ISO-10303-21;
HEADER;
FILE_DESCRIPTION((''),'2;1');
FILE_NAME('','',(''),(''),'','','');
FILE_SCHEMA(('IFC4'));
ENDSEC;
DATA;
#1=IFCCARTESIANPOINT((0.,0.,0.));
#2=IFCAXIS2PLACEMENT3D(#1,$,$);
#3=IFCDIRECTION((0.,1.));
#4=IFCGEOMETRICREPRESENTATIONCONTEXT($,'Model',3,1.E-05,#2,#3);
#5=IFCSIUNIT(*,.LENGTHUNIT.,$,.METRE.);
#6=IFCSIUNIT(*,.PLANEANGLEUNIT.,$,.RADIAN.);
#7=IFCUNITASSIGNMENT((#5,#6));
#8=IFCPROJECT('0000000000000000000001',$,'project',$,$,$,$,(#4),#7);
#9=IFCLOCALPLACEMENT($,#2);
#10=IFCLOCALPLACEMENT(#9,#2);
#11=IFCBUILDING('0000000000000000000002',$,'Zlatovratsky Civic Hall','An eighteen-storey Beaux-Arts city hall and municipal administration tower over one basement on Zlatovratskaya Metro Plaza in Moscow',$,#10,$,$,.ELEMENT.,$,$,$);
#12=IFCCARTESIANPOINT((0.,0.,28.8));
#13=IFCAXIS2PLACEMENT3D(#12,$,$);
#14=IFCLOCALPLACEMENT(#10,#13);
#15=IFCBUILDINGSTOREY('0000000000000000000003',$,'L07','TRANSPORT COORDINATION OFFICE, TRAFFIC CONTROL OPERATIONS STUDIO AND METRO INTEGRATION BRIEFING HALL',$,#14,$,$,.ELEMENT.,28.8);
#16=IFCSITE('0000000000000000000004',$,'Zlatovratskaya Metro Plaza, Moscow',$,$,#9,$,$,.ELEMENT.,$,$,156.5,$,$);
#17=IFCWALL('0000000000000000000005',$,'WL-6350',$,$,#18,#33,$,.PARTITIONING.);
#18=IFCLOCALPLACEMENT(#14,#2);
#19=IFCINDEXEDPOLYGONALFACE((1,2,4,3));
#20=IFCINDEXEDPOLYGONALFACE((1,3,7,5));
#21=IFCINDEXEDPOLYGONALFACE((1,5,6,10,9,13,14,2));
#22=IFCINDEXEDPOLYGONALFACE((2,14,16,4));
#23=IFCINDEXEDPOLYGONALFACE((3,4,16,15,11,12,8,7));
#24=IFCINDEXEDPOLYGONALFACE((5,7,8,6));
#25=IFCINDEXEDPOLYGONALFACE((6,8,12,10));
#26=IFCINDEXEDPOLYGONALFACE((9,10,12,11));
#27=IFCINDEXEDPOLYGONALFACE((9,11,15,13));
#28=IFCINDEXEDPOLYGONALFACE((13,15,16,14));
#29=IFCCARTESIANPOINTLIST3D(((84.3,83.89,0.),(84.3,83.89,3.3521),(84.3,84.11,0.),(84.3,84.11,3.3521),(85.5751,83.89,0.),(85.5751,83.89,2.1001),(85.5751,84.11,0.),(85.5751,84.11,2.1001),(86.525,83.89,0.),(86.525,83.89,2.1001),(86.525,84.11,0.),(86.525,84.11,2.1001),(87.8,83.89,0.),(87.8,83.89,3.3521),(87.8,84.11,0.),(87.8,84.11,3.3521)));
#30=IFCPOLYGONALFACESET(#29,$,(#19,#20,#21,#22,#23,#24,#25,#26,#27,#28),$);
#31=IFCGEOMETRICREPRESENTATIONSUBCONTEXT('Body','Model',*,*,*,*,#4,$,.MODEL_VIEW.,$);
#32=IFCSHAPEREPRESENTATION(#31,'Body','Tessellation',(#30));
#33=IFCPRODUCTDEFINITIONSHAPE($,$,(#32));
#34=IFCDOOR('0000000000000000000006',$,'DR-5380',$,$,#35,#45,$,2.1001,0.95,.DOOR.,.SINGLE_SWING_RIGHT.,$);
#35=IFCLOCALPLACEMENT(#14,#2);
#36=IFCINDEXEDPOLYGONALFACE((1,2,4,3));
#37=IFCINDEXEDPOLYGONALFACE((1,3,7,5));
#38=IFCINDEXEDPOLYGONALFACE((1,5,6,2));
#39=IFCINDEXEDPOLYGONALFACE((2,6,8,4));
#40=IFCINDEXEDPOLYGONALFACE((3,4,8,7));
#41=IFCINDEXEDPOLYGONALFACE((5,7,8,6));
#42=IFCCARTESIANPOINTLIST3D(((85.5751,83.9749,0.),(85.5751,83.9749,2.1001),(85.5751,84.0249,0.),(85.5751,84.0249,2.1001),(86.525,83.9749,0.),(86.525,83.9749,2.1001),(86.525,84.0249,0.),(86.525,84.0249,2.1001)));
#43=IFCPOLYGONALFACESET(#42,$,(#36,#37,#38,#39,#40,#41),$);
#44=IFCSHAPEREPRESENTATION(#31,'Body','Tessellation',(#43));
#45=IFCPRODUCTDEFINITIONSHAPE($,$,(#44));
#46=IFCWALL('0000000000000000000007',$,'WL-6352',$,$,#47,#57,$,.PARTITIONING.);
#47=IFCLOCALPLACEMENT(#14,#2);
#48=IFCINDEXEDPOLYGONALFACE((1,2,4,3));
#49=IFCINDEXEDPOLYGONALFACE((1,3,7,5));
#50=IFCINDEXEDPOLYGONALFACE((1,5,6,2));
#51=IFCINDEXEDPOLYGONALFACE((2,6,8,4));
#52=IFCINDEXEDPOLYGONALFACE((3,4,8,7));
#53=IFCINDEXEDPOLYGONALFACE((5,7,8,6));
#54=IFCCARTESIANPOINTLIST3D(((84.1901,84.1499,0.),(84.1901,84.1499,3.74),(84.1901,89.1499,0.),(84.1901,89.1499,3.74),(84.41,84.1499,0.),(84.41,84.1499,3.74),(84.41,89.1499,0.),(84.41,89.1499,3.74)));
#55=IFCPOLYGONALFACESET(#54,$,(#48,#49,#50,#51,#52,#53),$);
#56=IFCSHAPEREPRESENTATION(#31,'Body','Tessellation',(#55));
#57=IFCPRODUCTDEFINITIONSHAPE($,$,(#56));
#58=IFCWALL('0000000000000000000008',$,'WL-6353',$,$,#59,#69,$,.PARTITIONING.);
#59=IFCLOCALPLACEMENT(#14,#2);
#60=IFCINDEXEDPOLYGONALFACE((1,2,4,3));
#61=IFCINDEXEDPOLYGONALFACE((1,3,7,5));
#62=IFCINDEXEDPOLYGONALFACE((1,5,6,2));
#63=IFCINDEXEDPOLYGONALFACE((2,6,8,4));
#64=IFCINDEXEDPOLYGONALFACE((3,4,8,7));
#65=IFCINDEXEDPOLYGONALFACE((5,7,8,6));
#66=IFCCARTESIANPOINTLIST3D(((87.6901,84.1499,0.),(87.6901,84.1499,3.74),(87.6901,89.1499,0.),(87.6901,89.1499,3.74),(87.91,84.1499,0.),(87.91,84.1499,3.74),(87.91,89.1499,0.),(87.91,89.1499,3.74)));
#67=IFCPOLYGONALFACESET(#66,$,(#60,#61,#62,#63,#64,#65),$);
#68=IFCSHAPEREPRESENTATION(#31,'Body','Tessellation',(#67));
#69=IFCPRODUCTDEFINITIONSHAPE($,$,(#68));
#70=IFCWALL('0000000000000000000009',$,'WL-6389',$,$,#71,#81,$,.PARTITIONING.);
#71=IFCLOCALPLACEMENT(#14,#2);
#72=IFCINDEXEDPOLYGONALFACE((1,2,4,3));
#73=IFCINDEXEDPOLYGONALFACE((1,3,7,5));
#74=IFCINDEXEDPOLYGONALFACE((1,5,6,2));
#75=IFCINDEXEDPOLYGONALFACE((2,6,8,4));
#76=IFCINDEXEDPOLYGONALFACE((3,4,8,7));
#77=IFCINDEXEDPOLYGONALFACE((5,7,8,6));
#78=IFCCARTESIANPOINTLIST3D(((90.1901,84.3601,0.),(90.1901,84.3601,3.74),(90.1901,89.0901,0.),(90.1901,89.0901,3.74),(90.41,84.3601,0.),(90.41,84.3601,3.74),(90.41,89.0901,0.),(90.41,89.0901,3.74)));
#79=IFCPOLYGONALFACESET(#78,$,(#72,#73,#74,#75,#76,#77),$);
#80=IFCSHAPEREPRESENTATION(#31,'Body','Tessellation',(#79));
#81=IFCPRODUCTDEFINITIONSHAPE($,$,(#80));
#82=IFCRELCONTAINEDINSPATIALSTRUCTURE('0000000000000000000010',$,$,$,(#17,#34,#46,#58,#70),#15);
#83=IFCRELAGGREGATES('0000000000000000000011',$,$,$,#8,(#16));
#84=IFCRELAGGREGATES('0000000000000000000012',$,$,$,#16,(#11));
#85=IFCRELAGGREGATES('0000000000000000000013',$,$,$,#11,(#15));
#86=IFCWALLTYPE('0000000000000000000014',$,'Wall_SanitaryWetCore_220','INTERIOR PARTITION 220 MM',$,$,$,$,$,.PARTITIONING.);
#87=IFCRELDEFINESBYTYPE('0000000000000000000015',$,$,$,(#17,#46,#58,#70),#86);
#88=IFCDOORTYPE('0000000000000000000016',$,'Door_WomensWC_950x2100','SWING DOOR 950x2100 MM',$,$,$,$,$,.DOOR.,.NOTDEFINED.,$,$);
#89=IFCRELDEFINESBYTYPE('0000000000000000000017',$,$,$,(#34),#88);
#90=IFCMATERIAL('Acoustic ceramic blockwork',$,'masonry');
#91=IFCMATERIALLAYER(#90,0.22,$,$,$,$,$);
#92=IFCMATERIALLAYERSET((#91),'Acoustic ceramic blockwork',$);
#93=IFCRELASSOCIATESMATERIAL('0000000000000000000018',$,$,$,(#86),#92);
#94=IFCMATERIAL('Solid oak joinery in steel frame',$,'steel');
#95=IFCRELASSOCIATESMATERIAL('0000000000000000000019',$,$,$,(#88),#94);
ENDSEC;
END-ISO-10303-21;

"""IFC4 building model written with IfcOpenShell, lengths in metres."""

from ifc_helpers import new_model, si_unit, direction, frame, frame_2d, origin, place, context, subcontext, project, spatial, rectangle, extrude, material, layer, layer_set, type_object, element, fill, save


model = new_model("IFC4")

# Units and contexts
model_context = context("Model", 3, precision=1e-05, world=origin(), true_north=direction((0.0, 1.0)))
body_context = subcontext(model_context, "Body", "Model", "MODEL_VIEW")
ifc_project = project(units=[si_unit("LENGTHUNIT", "METRE"), si_unit("PLANEANGLEUNIT", "RADIAN")], contexts=[model_context])

# Site, building, storey
site_placement = place(None, origin())
site = spatial("IfcSite", under=ifc_project, at=site_placement, Name="Zlatovratskaya Metro Plaza, Moscow", CompositionType="ELEMENT", RefElevation=156.5)
building_placement = place(site_placement, origin())
building = spatial("IfcBuilding", under=site, at=building_placement, Name="Zlatovratsky Civic Hall", Description="An eighteen-storey Beaux-Arts city hall and municipal administration tower over one basement on Zlatovratskaya Metro Plaza in Moscow", CompositionType="ELEMENT")
storey_placement = place(building_placement, frame((0.0, 0.0, 28.8)))
storey = spatial("IfcBuildingStorey", under=building, at=storey_placement, Name="L07", Description="TRANSPORT COORDINATION OFFICE, TRAFFIC CONTROL OPERATIONS STUDIO AND METRO INTEGRATION BRIEFING HALL", CompositionType="ELEMENT", Elevation=28.8)

# Shared definitions
ifc_material_1 = material(Name="Solid oak joinery in steel frame", Category="steel")

# Wall, opening, door
ifc_material_2 = material(Name="Acoustic ceramic blockwork", Category="masonry")
ifc_layer_1 = layer(ifc_material_2, 0.22)
ifc_layer_set_1 = layer_set([ifc_layer_1], Name="Acoustic ceramic blockwork")
wall_type_1 = type_object("IfcWallType", Name="Wall_SanitaryWetCore_220", Description="INTERIOR PARTITION 220 MM", PredefinedType="PARTITIONING", material=ifc_layer_set_1)
wall_1_placement = place(storey_placement, frame((84.3, 84.0, 0.0), z_axis=(0.0, 0.0, 1.0), x_axis=(1.0, 0.0, 0.0)))
wall_1 = element("IfcWall", 1, at=wall_1_placement, inside=storey, type_object=wall_type_1, Name="WL-6350", PredefinedType="PARTITIONING", context=body_context, shape_type="SweptSolid", body=[
    extrude(rectangle(XDim=3.5, YDim=0.22, at=frame_2d((1.75, 0.0))), origin(), (0.0, 0.0, 1.0), 3.3521),
])
opening_1_placement = place(wall_1_placement, frame((1.2749, 0.0, 0.0)))
opening_1 = element("IfcOpeningElement", 2, at=opening_1_placement, cuts=wall_1, PredefinedType="OPENING", context=body_context, shape_type="SweptSolid", body=[
    extrude(rectangle(XDim=0.95, YDim=2.1001, at=frame_2d((0.4751, 1.05))), frame((0.0, 0.125, 0.0), z_axis=(0.0, -1.0, 0.0), x_axis=(1.0, 0.0, 0.0)), (0.0, 0.0, 1.0), 0.2498),
])
door_type_1 = type_object("IfcDoorType", Name="Door_WomensWC_950x2100", Description="SWING DOOR 950x2100 MM", OperationType="NOTDEFINED", PredefinedType="DOOR", material=ifc_material_1)
door_1_placement = place(opening_1_placement, origin())
door_1 = element("IfcDoor", 3, at=door_1_placement, inside=storey, type_object=door_type_1, Name="DR-5380", OperationType="SINGLE_SWING_RIGHT", OverallHeight=2.1001, OverallWidth=0.95, PredefinedType="DOOR", context=body_context, shape_type="SweptSolid", body=[
    extrude(rectangle(XDim=0.95, YDim=2.1001, at=frame_2d((0.4751, 1.05))), frame((0.0, 0.0249, 0.0), z_axis=(0.0, -1.0, 0.0), x_axis=(1.0, 0.0, 0.0)), (0.0, 0.0, 1.0), 0.05),
])
fill(opening_1, door_1)

# Walls
for number, where, z_axis, x_axis, name in (
    (4, (84.3, 84.1499, 0.0), (0.0, 0.0, 1.0), (0.0, 1.0, 0.0), "WL-6352"),
    (5, (87.8, 84.1499, 0.0), (0.0, 0.0, 1.0), (0.0, 1.0, 0.0), "WL-6353"),
):
    element("IfcWall", number, at=place(storey_placement, frame(where, z_axis=z_axis, x_axis=x_axis)), inside=storey, type_object=wall_type_1, Name=name, PredefinedType="PARTITIONING", context=body_context, shape_type="SweptSolid", body=[
        extrude(rectangle(XDim=5.0, YDim=0.22, at=frame_2d((2.5, 0.0))), origin(), (0.0, 0.0, 1.0), 3.74),
    ])

# Wall
wall_2_placement = place(storey_placement, frame((90.3, 84.3601, 0.0), z_axis=(0.0, 0.0, 1.0), x_axis=(0.0, 1.0, 0.0)))
element("IfcWall", 6, at=wall_2_placement, inside=storey, type_object=wall_type_1, Name="WL-6389", PredefinedType="PARTITIONING", context=body_context, shape_type="SweptSolid", body=[
    extrude(rectangle(XDim=4.73, YDim=0.22, at=frame_2d((2.365, 0.0))), origin(), (0.0, 0.0, 1.0), 3.74),
])

save(model, "model.ifc")
